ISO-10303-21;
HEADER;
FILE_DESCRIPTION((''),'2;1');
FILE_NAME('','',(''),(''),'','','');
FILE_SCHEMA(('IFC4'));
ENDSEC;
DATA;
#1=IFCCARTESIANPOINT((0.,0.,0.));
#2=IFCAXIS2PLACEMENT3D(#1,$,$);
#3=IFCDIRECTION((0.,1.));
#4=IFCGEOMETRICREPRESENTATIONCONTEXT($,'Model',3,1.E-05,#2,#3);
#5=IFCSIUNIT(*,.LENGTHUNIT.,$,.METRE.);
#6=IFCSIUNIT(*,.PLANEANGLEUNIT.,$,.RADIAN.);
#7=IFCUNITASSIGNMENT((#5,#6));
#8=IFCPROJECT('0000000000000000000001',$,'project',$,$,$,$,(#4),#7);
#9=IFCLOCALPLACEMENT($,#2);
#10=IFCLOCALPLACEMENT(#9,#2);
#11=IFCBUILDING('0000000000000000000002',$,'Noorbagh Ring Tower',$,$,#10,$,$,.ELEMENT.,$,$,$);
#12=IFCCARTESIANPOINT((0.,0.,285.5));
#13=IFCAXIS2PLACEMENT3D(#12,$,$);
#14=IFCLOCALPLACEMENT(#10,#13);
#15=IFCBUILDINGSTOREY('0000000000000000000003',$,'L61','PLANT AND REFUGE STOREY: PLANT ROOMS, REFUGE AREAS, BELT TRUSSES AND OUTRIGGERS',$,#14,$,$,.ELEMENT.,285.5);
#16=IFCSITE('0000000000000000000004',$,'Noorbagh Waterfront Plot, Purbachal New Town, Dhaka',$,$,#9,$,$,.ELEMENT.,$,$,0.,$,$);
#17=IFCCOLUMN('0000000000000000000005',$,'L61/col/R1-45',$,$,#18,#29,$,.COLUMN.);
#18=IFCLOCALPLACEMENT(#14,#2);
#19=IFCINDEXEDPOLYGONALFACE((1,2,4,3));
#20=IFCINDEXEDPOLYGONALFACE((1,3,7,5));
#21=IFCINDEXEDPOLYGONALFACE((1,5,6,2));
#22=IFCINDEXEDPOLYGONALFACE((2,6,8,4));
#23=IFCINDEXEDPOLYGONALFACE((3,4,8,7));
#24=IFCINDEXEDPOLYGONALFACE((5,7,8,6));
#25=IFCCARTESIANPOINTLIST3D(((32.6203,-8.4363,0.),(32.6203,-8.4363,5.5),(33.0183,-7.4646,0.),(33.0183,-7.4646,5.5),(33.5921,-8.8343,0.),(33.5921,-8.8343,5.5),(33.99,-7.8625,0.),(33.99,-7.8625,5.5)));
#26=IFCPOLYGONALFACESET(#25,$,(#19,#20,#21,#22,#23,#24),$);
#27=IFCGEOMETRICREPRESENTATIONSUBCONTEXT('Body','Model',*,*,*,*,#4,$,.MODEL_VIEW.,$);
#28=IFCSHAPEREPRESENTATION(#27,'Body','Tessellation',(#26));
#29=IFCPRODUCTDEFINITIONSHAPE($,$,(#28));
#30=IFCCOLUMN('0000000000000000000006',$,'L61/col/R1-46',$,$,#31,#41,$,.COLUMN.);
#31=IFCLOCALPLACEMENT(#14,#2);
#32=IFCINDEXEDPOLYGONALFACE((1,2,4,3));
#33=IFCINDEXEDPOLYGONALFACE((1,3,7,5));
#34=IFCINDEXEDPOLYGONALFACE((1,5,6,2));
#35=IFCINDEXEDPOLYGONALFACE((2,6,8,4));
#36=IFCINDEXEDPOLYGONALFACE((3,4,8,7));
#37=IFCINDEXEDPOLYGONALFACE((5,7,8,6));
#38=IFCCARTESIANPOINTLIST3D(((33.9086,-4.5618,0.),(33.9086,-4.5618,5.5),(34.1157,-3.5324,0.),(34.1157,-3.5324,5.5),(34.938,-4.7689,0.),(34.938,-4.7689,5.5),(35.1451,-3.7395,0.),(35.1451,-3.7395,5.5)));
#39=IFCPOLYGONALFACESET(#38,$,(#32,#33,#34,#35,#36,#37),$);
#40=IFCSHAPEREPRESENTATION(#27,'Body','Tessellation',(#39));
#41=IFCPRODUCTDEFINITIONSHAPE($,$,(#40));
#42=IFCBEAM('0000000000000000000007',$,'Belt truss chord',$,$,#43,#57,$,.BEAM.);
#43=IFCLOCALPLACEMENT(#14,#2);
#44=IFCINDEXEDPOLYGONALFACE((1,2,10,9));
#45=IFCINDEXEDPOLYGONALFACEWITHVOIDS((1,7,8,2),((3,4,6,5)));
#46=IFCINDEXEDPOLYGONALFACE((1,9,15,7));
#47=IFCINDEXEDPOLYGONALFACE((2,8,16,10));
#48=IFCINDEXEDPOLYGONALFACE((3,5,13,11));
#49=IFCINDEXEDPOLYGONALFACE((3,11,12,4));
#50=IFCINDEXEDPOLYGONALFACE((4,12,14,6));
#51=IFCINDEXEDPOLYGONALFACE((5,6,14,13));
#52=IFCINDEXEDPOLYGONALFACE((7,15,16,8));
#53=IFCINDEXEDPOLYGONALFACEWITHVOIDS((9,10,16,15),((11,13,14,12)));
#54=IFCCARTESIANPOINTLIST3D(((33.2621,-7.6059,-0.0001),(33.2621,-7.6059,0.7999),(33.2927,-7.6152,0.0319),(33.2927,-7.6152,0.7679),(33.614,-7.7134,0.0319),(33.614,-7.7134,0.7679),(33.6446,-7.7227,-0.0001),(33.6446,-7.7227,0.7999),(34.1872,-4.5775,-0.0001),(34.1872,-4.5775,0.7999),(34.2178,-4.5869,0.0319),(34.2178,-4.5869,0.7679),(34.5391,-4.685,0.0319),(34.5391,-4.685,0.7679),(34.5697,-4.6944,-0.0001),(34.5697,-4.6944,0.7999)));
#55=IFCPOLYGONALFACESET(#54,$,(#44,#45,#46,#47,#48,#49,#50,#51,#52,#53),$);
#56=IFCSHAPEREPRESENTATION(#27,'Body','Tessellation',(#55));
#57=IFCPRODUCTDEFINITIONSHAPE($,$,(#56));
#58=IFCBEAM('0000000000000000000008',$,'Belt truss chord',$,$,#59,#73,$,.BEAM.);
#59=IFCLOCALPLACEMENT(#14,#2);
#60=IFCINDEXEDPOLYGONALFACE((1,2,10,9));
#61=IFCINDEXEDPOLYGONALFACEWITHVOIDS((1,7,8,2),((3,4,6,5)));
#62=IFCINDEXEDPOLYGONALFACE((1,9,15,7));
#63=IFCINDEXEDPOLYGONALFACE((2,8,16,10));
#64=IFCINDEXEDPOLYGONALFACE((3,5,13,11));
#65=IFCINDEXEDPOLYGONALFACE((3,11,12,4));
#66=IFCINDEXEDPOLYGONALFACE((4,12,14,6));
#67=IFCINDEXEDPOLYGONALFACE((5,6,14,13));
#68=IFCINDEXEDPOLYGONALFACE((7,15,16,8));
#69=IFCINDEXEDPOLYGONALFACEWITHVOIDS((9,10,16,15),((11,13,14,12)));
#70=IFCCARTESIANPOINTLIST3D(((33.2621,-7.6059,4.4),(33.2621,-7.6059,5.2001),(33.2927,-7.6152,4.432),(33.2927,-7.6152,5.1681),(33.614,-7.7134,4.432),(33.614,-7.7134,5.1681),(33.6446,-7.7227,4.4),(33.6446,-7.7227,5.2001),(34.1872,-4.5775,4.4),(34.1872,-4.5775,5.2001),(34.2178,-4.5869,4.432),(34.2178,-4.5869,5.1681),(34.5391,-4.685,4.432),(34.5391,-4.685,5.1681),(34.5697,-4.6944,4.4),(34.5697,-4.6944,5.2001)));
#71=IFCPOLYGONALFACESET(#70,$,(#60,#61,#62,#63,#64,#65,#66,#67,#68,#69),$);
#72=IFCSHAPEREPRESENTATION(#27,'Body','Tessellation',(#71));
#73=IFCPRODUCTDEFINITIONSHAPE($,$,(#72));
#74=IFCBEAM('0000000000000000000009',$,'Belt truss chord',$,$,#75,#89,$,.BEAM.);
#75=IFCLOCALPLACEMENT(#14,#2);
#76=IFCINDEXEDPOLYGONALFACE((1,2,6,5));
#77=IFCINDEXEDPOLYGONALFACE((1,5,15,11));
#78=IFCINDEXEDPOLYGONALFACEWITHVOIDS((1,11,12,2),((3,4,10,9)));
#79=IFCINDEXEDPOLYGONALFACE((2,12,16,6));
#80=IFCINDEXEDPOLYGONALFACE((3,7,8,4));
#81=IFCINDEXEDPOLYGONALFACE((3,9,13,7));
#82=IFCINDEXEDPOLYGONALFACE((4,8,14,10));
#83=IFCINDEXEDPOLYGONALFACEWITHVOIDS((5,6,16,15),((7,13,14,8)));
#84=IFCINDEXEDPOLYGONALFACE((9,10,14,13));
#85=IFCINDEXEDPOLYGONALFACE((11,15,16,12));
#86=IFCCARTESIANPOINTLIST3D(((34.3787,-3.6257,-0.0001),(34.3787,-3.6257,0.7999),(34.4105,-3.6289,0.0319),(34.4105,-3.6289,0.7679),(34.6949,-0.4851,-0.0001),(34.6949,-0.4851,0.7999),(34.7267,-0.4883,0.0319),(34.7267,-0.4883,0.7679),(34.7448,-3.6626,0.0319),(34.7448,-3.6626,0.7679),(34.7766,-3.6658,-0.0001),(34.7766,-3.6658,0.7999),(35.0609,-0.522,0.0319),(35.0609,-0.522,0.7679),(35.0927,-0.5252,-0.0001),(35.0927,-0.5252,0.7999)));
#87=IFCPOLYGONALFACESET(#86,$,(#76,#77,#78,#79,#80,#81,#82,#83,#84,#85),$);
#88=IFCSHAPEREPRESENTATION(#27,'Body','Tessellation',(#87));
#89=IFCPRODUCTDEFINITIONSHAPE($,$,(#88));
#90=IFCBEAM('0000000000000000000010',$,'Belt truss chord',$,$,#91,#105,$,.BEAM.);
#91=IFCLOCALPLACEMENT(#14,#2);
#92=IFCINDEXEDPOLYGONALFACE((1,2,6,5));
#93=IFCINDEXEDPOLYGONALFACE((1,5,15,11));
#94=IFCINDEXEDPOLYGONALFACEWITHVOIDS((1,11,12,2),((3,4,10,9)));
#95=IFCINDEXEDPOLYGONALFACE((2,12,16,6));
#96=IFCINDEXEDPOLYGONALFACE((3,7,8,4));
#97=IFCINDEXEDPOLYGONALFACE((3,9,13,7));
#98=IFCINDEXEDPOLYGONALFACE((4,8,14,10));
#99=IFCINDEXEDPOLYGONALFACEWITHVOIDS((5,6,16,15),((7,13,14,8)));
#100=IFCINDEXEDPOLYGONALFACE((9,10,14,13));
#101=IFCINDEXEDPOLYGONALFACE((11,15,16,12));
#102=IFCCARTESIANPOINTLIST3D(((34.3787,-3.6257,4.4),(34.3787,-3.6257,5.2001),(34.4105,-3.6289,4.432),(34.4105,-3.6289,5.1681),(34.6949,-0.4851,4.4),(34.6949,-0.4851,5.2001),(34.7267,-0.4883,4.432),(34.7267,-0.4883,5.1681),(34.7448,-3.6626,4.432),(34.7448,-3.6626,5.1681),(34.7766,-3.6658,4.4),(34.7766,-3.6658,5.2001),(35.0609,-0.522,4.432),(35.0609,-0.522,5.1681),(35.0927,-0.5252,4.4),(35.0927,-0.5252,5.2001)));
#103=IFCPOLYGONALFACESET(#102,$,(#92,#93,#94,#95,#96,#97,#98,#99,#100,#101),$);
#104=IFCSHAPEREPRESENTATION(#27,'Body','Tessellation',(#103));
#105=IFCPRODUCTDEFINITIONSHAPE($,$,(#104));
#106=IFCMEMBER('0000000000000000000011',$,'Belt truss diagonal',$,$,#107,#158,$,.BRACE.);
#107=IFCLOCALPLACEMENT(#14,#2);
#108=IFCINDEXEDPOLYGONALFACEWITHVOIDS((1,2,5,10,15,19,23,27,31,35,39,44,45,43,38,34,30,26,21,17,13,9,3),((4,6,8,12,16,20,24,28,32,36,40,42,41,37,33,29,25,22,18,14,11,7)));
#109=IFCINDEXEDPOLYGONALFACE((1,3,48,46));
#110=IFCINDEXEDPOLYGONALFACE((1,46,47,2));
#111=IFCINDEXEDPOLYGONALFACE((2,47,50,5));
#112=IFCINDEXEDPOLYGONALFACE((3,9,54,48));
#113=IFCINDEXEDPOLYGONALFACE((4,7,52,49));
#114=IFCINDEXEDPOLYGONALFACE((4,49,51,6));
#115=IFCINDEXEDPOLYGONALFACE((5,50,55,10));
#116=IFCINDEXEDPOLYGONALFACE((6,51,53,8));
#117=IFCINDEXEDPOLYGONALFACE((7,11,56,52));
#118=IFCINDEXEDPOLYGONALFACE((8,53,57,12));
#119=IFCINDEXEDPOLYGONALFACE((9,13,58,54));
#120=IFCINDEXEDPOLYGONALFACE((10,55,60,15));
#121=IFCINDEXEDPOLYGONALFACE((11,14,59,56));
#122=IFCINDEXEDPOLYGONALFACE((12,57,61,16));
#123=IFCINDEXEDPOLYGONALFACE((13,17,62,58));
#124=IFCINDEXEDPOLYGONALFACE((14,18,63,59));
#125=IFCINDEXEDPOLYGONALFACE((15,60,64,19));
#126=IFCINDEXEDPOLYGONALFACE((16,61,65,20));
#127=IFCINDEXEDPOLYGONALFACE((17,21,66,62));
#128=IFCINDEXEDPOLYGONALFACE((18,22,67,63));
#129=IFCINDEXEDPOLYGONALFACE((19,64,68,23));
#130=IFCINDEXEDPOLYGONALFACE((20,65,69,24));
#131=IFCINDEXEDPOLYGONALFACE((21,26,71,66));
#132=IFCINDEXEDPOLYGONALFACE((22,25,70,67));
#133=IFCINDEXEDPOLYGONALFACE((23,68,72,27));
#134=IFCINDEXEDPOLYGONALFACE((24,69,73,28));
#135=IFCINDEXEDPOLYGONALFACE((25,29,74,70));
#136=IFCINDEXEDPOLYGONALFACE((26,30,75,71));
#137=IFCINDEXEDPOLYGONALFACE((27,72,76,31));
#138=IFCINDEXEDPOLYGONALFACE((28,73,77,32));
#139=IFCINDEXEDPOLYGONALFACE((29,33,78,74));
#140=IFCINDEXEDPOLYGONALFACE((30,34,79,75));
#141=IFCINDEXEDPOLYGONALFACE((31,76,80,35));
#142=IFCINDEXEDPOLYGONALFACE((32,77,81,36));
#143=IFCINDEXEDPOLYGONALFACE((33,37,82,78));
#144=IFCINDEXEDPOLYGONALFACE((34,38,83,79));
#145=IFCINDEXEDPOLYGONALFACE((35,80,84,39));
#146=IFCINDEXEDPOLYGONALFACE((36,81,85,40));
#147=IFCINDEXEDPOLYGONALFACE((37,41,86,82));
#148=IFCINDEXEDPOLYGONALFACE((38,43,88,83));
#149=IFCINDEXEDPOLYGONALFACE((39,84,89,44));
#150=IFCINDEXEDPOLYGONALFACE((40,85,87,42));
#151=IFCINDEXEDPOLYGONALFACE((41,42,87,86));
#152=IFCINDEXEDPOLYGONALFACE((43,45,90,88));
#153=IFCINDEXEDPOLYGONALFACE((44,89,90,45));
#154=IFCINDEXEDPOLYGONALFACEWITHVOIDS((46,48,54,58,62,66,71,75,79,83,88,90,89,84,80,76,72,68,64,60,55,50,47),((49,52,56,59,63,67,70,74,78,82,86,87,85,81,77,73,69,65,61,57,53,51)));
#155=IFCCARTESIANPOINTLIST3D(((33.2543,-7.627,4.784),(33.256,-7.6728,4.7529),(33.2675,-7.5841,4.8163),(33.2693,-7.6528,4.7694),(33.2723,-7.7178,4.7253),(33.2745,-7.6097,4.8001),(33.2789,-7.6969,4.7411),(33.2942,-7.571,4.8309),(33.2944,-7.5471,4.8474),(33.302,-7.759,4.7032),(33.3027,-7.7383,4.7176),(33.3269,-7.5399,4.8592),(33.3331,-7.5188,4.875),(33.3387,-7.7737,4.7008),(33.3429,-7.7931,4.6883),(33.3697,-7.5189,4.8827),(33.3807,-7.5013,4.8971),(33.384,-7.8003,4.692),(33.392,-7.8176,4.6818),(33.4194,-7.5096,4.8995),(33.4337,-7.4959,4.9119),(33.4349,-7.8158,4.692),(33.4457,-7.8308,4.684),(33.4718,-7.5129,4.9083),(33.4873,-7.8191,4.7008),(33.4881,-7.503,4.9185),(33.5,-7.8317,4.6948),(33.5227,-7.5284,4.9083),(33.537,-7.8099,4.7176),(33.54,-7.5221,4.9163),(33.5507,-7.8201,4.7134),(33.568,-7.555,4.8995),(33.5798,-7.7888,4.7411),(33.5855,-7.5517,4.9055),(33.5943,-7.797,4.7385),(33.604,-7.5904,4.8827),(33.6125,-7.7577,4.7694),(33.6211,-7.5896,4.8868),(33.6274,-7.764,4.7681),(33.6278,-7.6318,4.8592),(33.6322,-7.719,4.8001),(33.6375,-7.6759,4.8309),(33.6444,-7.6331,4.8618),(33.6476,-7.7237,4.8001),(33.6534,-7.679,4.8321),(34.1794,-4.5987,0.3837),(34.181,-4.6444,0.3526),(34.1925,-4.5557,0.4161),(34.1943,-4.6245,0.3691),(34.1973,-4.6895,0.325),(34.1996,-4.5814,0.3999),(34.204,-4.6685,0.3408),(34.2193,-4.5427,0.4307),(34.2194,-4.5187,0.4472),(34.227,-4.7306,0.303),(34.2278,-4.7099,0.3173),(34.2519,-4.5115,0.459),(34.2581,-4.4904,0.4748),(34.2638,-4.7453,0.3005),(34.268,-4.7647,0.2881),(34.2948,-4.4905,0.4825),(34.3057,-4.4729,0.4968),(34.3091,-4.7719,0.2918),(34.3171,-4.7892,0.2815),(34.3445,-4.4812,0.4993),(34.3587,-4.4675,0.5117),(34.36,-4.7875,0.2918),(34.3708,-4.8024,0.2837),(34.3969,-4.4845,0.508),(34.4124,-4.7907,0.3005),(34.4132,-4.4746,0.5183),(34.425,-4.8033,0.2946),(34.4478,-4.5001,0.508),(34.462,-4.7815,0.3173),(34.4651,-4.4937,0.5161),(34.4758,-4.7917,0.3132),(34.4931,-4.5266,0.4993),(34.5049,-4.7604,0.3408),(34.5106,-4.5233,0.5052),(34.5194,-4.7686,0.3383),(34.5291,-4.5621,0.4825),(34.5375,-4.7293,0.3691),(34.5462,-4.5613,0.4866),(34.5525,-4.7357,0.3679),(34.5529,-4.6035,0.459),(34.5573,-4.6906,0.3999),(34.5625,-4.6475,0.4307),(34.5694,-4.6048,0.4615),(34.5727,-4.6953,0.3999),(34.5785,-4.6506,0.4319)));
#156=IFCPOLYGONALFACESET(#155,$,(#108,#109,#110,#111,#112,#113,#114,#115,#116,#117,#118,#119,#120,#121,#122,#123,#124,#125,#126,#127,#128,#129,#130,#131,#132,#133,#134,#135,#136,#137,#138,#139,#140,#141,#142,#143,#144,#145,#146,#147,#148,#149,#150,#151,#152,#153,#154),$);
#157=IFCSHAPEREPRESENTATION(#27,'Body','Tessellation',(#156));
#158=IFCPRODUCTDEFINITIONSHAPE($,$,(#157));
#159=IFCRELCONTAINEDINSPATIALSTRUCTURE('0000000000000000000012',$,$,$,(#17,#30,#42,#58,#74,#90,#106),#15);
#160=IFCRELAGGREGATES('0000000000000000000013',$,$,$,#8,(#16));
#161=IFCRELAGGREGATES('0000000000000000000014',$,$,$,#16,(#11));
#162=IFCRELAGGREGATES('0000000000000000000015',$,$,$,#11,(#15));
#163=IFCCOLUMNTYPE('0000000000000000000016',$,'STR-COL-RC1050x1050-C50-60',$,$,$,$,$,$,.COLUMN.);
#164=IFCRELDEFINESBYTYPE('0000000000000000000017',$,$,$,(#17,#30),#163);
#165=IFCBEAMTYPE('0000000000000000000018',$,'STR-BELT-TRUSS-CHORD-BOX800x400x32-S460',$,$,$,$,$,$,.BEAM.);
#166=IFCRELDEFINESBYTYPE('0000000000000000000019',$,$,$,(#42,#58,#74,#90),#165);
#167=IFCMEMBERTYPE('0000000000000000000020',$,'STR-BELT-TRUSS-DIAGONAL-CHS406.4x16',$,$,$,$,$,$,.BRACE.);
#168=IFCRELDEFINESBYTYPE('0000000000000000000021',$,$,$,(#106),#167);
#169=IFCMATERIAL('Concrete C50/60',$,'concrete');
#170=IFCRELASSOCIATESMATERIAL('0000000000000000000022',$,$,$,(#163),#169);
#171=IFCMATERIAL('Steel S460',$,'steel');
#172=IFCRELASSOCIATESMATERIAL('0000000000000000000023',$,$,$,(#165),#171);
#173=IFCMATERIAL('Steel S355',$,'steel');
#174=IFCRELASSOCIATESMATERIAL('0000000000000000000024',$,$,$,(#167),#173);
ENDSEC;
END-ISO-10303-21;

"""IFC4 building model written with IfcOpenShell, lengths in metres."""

from ifc_helpers import new_model, si_unit, direction, frame, origin, origin_2d, place, context, subcontext, project, spatial, rectangle, hollow_rectangle, hollow_circle, extrude, material, material_profile, profile_set, type_object, element, save


model = new_model("IFC4")

# Units and contexts
model_context = context("Model", 3, precision=1e-05, world=origin(), true_north=direction((0.0, 1.0)))
body_context = subcontext(model_context, "Body", "Model", "MODEL_VIEW")
ifc_project = project(units=[si_unit("LENGTHUNIT", "METRE"), si_unit("PLANEANGLEUNIT", "RADIAN")], contexts=[model_context])

# Site, building, storey
site_placement = place(None, origin())
site = spatial("IfcSite", under=ifc_project, at=site_placement, Name="Noorbagh Waterfront Plot, Purbachal New Town, Dhaka", CompositionType="ELEMENT", RefElevation=0.0)
building_placement = place(site_placement, origin())
building = spatial("IfcBuilding", under=site, at=building_placement, Name="Noorbagh Ring Tower", CompositionType="ELEMENT")
storey_placement = place(building_placement, frame((0.0, 0.0, 285.5)))
storey = spatial("IfcBuildingStorey", under=building, at=storey_placement, Name="L61", Description="PLANT AND REFUGE STOREY: PLANT ROOMS, REFUGE AREAS, BELT TRUSSES AND OUTRIGGERS", CompositionType="ELEMENT", Elevation=285.5)

# Columns
ifc_material_1 = material(Name="Concrete C50/60", Category="concrete")
ifc_material_profile_1 = material_profile(ifc_material_1, rectangle(XDim=1.05, YDim=1.05, at=origin_2d()), Name="RC1050x1050")
ifc_profile_set_1 = profile_set([ifc_material_profile_1], Name="Concrete C50/60")
column_type = type_object("IfcColumnType", Name="STR-COL-RC1050x1050-C50-60", PredefinedType="COLUMN", material=ifc_profile_set_1)
for number, where, z_axis, x_axis, name in (
    (1, (33.3052, -8.1494, 0.0), (0.0, 0.0, 1.0), (0.378989, 0.925401, 0.0), "L61/col/R1-45"),
    (2, (34.5269, -4.1506, 0.0), (0.0, 0.0, 1.0), (0.19723, 0.980357, 0.0), "L61/col/R1-46"),
):
    element("IfcColumn", number, at=place(storey_placement, frame(where, z_axis=z_axis, x_axis=x_axis)), inside=storey, type_object=column_type, Name=name, PredefinedType="COLUMN", context=body_context, shape_type="SweptSolid", body=[
        extrude(rectangle(XDim=1.05, YDim=1.05, at=origin_2d()), origin(), (0.0, 0.0, 1.0), 5.5),
    ])

# Beams
ifc_material_2 = material(Name="Steel S460", Category="steel")
ifc_material_profile_2 = material_profile(ifc_material_2, hollow_rectangle(XDim=0.3999, YDim=0.8, WallThickness=0.032, at=origin_2d()), Name="BOX800x400x32")
ifc_profile_set_2 = profile_set([ifc_material_profile_2], Name="Steel S460")
beam_type_1 = type_object("IfcBeamType", Name="STR-BELT-TRUSS-CHORD-BOX800x400x32-S460", PredefinedType="BEAM", material=ifc_profile_set_2)
for number, where, z_axis, x_axis, name in (
    (3, (33.4534, -7.6643, 0.3999), (0.29214, 0.956376, 0.0), (-0.956376, 0.29214, 0.0), "Belt truss chord"),
    (4, (33.4534, -7.6643, 4.8), (0.29214, 0.956376, 0.0), (-0.956376, 0.29214, 0.0), "Belt truss chord"),
):
    element("IfcBeam", number, at=place(storey_placement, frame(where, z_axis=z_axis, x_axis=x_axis)), inside=storey, type_object=beam_type_1, Name=name, PredefinedType="BEAM", context=body_context, shape_type="SweptSolid", body=[
        extrude(hollow_rectangle(XDim=0.3999, YDim=0.8, WallThickness=0.032, at=origin_2d()), origin(), (0.0, 0.0, 1.0), 3.1665),
    ])
for number, where, z_axis, x_axis, name in (
    (5, (34.5776, -3.6458, 0.3999), (0.100162, 0.994971, 0.0), (-0.994971, 0.100162, 0.0), "Belt truss chord"),
    (6, (34.5776, -3.6458, 4.8), (0.100162, 0.994971, 0.0), (-0.994971, 0.100162, 0.0), "Belt truss chord"),
):
    element("IfcBeam", number, at=place(storey_placement, frame(where, z_axis=z_axis, x_axis=x_axis)), inside=storey, type_object=beam_type_1, Name=name, PredefinedType="BEAM", context=body_context, shape_type="SweptSolid", body=[
        extrude(hollow_rectangle(XDim=0.3999, YDim=0.8, WallThickness=0.032, at=origin_2d()), origin(), (0.0, 0.0, 1.0), 3.1565),
    ])

# Member
ifc_material_3 = material(Name="Steel S355", Category="steel")
ifc_material_profile_3 = material_profile(ifc_material_3, hollow_circle(Radius=0.2031, WallThickness=0.0161, at=origin_2d()), Name="CHS406.4x16")
ifc_profile_set_3 = profile_set([ifc_material_profile_3], Name="Steel S355")
member_type_1 = type_object("IfcMemberType", Name="STR-BELT-TRUSS-DIAGONAL-CHS406.4x16", PredefinedType="BRACE", material=ifc_profile_set_3)
member_1_placement = place(storey_placement, frame((34.3784, -4.636, 0.3999), z_axis=(-0.17064, -0.558623, 0.811679), x_axis=(0.956376, -0.29214, 0.0)))
element("IfcMember", 7, at=member_1_placement, inside=storey, type_object=member_type_1, Name="Belt truss diagonal", PredefinedType="BRACE", context=body_context, shape_type="SweptSolid", body=[
    extrude(hollow_circle(Radius=0.2031, WallThickness=0.0161, at=origin_2d()), origin(), (0.0, 0.0, 1.0), 5.4211),
])

save(model, "model.ifc")
